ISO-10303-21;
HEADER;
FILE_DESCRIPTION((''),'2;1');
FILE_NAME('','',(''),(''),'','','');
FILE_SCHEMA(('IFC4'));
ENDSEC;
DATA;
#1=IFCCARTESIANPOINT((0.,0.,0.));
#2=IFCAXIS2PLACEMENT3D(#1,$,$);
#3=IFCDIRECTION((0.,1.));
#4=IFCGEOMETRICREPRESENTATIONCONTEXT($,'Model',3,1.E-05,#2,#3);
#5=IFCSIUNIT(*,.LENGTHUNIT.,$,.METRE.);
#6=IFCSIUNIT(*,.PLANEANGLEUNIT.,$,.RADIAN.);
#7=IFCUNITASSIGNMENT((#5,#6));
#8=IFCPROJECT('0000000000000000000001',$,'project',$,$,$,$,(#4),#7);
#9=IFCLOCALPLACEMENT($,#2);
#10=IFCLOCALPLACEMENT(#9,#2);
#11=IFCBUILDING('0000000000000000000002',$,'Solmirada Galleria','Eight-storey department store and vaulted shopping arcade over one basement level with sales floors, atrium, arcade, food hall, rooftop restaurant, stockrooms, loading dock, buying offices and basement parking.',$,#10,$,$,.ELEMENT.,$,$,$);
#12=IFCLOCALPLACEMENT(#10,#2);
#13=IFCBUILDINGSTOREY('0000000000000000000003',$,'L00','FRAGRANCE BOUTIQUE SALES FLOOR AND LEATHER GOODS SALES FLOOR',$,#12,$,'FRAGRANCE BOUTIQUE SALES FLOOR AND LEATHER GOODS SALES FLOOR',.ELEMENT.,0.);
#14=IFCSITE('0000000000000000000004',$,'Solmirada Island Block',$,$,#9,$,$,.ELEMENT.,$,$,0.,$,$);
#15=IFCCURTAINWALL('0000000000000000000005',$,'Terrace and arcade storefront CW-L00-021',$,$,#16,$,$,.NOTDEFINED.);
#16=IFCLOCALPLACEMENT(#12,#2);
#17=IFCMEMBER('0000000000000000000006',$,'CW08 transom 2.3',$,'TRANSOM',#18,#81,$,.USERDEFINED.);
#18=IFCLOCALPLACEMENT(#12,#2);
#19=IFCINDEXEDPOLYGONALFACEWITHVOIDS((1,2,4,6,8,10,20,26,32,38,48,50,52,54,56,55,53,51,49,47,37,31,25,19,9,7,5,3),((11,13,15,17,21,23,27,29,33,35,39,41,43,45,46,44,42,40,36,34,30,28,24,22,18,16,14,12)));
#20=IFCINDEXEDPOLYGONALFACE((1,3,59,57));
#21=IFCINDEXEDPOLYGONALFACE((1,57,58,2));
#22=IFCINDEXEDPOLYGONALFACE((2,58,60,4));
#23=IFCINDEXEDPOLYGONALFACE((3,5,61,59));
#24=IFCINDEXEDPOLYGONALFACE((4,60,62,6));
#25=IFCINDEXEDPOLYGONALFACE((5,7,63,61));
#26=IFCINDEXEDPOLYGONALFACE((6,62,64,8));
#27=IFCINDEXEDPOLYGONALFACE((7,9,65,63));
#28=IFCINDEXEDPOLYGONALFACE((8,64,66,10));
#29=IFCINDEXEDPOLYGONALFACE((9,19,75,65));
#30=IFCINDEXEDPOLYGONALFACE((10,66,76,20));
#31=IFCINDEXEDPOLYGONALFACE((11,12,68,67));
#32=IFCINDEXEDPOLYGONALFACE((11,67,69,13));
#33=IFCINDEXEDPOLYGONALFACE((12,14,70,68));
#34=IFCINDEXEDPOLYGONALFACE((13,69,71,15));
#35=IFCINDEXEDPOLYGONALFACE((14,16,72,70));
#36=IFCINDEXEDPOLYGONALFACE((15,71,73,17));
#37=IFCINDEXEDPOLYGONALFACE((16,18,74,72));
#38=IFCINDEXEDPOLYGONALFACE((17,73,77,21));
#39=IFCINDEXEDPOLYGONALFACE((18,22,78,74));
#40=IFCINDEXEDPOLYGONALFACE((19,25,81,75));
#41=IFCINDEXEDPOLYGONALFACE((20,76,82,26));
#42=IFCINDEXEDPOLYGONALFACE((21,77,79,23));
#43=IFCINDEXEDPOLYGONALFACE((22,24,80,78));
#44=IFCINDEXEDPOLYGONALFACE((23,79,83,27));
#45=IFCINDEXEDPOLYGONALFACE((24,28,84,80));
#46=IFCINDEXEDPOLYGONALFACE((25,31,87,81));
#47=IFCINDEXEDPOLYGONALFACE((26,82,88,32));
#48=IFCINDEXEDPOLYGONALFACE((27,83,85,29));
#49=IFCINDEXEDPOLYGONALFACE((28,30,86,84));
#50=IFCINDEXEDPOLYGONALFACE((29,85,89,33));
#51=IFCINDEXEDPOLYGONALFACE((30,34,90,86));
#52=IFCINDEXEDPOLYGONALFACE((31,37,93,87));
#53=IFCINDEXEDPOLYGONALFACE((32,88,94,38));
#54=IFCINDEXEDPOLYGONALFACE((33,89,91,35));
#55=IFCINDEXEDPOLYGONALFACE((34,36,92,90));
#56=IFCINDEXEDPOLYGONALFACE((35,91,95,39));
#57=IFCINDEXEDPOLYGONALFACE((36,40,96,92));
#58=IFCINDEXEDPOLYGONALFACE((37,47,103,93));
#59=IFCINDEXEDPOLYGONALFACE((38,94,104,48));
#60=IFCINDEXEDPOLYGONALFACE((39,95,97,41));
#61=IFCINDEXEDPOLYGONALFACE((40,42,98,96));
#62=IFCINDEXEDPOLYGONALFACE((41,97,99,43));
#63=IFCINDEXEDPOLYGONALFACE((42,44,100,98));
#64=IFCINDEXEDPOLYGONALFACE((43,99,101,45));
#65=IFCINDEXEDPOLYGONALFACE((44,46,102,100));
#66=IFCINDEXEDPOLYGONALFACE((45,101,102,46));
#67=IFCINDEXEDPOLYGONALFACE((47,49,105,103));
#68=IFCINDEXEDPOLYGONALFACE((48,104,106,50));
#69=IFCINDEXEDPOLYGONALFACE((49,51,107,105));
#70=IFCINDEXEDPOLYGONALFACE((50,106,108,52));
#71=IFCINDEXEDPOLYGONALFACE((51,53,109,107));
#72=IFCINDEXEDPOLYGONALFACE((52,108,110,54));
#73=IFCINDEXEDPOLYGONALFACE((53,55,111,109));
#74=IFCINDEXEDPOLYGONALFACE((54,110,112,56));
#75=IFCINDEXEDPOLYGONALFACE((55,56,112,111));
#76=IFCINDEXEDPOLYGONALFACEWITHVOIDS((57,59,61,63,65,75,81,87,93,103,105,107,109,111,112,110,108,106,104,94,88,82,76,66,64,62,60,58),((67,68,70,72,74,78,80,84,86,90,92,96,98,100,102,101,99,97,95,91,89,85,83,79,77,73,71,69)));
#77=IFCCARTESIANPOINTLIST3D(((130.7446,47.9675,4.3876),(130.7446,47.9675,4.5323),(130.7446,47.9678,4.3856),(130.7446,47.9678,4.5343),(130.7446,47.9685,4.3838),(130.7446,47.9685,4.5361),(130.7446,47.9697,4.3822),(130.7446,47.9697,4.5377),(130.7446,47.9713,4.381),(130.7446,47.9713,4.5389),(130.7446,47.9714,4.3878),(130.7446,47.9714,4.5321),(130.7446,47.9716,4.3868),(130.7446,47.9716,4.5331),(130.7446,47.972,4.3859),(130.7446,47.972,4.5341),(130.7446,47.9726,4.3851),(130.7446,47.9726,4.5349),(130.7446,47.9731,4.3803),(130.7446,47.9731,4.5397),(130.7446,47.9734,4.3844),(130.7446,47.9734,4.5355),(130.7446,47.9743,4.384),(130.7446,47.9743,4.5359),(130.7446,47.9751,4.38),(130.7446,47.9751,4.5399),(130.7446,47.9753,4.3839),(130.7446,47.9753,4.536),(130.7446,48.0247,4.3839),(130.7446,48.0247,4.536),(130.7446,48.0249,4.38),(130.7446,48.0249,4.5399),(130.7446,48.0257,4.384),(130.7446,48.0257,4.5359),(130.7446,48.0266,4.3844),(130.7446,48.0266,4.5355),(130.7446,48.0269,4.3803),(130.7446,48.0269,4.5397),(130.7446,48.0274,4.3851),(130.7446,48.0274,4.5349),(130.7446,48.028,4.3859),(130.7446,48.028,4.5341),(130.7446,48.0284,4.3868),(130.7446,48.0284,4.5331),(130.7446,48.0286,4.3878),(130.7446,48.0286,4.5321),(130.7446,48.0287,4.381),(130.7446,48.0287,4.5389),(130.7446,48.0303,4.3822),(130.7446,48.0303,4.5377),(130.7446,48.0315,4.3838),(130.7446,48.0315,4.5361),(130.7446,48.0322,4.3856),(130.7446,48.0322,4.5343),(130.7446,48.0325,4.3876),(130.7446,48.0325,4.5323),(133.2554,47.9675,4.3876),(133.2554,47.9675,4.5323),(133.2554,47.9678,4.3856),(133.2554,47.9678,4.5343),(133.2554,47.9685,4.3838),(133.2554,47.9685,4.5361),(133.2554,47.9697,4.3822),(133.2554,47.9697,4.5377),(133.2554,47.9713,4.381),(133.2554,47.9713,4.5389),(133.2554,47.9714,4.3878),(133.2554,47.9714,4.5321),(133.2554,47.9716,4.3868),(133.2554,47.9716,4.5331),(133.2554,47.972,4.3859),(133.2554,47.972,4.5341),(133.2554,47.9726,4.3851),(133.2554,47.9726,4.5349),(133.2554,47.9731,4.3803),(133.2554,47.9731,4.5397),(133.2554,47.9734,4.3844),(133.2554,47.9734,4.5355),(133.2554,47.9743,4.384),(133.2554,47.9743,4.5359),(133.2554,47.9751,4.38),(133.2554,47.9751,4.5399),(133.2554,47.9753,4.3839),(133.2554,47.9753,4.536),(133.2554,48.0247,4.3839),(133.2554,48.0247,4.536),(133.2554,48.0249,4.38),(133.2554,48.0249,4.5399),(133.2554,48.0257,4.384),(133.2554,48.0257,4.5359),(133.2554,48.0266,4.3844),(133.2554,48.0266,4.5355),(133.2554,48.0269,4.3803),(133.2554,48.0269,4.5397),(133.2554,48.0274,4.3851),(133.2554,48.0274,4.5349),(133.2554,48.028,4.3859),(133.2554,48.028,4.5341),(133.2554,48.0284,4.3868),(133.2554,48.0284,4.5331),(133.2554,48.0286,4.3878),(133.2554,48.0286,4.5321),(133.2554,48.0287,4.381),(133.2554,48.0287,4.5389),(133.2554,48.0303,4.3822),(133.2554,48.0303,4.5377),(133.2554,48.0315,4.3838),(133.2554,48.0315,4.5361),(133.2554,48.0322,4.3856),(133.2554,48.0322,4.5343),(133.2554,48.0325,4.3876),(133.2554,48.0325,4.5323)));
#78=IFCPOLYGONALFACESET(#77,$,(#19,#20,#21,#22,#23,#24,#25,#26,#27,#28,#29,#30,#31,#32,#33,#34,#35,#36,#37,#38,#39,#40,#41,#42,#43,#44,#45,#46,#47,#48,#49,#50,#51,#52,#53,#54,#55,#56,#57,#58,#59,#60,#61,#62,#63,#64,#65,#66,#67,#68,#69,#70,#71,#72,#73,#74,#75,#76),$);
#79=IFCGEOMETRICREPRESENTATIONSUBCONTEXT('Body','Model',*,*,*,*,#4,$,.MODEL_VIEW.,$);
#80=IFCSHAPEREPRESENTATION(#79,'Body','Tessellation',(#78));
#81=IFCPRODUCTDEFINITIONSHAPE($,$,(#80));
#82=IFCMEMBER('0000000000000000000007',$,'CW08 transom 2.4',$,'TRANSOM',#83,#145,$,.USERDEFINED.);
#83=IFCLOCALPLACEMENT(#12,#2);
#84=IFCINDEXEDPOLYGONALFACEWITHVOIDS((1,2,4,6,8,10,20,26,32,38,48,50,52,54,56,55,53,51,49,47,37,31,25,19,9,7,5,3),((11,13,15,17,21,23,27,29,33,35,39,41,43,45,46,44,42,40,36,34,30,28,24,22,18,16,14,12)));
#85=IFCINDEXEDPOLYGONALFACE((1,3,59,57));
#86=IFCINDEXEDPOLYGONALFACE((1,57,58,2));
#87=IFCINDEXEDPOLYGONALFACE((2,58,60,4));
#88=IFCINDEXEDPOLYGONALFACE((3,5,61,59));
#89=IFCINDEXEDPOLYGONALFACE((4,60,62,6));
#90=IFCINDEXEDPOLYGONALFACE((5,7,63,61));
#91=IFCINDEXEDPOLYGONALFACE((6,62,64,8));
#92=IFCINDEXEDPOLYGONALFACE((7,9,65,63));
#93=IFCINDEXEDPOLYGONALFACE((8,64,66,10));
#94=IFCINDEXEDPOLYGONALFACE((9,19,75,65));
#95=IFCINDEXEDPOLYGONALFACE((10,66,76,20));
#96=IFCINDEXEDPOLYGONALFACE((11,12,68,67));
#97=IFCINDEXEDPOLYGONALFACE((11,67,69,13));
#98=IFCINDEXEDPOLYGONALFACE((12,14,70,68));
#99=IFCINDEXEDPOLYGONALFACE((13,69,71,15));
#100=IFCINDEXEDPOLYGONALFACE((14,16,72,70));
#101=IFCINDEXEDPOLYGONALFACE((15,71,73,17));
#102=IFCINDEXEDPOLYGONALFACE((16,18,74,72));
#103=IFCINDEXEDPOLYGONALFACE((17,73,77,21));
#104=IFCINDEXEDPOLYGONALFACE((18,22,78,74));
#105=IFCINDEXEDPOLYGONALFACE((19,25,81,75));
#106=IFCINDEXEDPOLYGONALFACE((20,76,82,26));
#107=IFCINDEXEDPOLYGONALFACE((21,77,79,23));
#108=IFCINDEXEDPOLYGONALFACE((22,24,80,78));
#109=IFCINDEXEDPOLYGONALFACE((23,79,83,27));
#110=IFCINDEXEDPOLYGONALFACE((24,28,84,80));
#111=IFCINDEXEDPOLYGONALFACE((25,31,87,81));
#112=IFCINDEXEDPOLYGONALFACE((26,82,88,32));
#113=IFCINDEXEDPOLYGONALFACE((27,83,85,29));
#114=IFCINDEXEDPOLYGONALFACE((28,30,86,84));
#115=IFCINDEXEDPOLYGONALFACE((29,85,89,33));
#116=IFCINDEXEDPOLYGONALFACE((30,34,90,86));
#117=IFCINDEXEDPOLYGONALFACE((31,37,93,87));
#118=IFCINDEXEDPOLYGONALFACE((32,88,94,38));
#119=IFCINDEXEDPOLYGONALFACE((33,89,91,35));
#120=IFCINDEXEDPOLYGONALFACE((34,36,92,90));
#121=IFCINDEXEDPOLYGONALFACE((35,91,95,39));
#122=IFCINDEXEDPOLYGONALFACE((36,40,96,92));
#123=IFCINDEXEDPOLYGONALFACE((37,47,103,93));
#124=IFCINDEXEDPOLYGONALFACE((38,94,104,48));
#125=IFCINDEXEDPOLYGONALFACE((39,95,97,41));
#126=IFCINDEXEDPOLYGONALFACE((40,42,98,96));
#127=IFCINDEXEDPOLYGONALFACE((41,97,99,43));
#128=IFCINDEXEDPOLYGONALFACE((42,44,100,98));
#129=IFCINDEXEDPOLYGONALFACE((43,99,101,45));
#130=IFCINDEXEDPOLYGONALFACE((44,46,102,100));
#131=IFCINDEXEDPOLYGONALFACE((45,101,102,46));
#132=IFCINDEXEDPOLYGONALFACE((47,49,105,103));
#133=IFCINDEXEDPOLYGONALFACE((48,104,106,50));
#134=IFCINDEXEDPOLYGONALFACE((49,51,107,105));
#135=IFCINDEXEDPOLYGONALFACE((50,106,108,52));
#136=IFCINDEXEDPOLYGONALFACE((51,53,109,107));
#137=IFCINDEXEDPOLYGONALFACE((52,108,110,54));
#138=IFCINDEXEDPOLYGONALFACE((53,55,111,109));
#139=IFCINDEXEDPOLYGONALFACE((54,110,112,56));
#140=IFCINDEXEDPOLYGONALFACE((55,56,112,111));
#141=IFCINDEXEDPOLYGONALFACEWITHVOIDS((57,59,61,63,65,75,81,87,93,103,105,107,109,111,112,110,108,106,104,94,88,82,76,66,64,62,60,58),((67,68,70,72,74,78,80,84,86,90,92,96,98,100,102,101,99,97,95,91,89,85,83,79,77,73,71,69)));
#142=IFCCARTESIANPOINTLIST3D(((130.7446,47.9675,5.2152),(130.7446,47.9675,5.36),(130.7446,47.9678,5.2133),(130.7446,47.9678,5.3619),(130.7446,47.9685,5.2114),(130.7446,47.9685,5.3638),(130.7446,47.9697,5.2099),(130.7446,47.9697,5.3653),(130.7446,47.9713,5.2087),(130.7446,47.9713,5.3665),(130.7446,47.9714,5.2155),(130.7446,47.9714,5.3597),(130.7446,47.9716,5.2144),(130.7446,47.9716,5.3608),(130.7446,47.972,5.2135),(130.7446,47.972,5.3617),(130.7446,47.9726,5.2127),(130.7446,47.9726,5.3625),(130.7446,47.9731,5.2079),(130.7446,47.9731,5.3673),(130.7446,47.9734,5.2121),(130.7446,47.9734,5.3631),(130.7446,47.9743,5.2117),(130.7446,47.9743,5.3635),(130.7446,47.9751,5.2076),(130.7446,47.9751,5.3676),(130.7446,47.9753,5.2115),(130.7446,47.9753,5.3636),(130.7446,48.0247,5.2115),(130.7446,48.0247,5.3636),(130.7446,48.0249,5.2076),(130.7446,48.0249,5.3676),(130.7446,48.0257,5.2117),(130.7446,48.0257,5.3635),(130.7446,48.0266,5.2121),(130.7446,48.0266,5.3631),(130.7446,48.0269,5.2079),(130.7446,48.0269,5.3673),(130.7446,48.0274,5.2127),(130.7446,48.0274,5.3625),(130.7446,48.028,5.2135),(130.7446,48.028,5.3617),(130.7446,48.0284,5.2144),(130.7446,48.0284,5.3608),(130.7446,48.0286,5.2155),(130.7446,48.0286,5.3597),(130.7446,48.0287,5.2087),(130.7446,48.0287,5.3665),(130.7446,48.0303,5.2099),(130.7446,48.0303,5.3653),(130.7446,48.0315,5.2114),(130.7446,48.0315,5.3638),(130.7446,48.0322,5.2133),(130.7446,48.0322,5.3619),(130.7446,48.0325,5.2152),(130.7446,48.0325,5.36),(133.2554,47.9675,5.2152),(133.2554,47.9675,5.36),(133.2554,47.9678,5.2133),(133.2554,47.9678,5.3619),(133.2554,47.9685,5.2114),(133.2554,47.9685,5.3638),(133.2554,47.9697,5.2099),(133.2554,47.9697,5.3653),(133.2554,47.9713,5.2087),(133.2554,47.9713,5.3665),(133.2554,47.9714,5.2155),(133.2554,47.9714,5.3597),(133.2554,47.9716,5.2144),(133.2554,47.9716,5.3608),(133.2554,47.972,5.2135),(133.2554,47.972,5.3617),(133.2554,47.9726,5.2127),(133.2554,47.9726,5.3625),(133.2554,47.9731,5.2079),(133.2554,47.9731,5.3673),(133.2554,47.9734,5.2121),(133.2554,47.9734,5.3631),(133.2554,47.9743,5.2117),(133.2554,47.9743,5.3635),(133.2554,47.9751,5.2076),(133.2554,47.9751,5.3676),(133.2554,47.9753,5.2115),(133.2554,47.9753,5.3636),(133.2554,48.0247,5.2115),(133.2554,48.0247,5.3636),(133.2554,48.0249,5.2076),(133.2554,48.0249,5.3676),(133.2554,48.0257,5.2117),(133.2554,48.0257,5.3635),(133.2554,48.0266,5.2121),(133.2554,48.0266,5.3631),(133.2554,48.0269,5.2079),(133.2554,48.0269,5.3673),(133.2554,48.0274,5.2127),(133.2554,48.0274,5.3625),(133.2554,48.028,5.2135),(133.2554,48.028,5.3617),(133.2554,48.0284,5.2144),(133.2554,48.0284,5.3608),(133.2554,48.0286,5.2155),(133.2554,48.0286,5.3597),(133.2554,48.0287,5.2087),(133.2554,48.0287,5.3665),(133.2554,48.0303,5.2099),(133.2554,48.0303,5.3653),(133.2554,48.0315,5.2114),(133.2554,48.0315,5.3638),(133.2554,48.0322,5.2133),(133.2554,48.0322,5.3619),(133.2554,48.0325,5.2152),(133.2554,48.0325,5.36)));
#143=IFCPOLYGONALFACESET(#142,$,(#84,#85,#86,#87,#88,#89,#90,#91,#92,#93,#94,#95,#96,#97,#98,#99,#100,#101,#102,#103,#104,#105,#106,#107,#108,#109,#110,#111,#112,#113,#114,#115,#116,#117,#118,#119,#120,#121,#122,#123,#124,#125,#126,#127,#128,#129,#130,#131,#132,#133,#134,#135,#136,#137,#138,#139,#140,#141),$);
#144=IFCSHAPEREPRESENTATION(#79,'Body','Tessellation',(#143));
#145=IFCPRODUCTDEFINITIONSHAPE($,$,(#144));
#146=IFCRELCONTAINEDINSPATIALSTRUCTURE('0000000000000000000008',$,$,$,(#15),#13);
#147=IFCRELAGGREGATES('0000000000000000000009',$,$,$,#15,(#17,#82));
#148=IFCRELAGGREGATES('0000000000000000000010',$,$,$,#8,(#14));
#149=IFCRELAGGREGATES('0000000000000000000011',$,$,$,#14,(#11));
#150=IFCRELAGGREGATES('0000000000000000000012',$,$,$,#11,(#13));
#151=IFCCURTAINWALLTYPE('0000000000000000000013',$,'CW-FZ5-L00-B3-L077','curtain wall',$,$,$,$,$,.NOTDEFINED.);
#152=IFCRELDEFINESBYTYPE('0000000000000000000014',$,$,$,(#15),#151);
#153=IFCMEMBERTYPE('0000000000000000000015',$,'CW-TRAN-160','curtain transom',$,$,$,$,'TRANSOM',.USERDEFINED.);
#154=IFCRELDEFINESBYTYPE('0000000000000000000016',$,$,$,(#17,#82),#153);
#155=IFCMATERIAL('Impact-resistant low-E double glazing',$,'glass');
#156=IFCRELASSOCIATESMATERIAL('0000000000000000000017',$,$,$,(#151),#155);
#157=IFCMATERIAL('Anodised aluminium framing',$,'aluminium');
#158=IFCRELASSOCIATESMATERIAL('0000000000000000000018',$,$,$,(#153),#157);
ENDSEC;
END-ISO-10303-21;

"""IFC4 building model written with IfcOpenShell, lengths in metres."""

from ifc_helpers import new_model, si_unit, direction, frame, origin, origin_2d, place, context, subcontext, project, spatial, hollow_rectangle, extrude, material, material_profile, profile_set, type_object, element, aggregate, save


model = new_model("IFC4")

# Units and contexts
model_context = context("Model", 3, precision=1e-05, world=origin(), true_north=direction((0.0, 1.0)))
body_context = subcontext(model_context, "Body", "Model", "MODEL_VIEW")
ifc_project = project(units=[si_unit("LENGTHUNIT", "METRE"), si_unit("PLANEANGLEUNIT", "RADIAN")], contexts=[model_context])

# Site, building, storey
site_placement = place(None, origin())
site = spatial("IfcSite", under=ifc_project, at=site_placement, Name="Solmirada Island Block", CompositionType="ELEMENT", RefElevation=0.0)
building_placement = place(site_placement, origin())
building = spatial("IfcBuilding", under=site, at=building_placement, Name="Solmirada Galleria", Description="Eight-storey department store and vaulted shopping arcade over one basement level with sales floors, atrium, arcade, food hall, rooftop restaurant, stockrooms, loading dock, buying offices and basement parking.", CompositionType="ELEMENT")
storey_placement = place(building_placement, origin())
storey = spatial("IfcBuildingStorey", under=building, at=storey_placement, Name="L00", Description="FRAGRANCE BOUTIQUE SALES FLOOR AND LEATHER GOODS SALES FLOOR", LongName="FRAGRANCE BOUTIQUE SALES FLOOR AND LEATHER GOODS SALES FLOOR", CompositionType="ELEMENT", Elevation=0.0)

# Curtain wall
ifc_material_1 = material(Name="Impact-resistant low-E double glazing", Category="glass")
curtain_wall_type = type_object("IfcCurtainWallType", Name="CW-FZ5-L00-B3-L077", Description="curtain wall", PredefinedType="NOTDEFINED", material=ifc_material_1)
curtain_wall_1_placement = place(storey_placement, origin())
curtain_wall_1 = element("IfcCurtainWall", 1, at=curtain_wall_1_placement, inside=storey, type_object=curtain_wall_type, Name="Terrace and arcade storefront CW-L00-021", PredefinedType="NOTDEFINED")
ifc_material_2 = material(Name="Anodised aluminium framing", Category="aluminium")

# Members
ifc_material_profile_1 = material_profile(ifc_material_2, hollow_rectangle(XDim=0.0649, YDim=0.1599, WallThickness=0.0039, InnerFilletRadius=0.0039, OuterFilletRadius=0.0076, at=origin_2d()), Name="ALU-TRAN-160X65")
ifc_profile_set_1 = profile_set([ifc_material_profile_1], Name="Anodised aluminium framing")
member_type_1 = type_object("IfcMemberType", Name="CW-TRAN-160", Description="curtain transom", ElementType="TRANSOM", PredefinedType="USERDEFINED", material=ifc_profile_set_1)
member_1_placement = place(storey_placement, frame((130.7446, 48.0, 4.46), z_axis=(1.0, 0.0, 0.0), x_axis=(0.0, 1.0, 0.0)))
member_1 = element("IfcMember", 2, at=member_1_placement, type_object=member_type_1, Name="CW08 transom 2.3", ObjectType="TRANSOM", PredefinedType="USERDEFINED", context=body_context, shape_type="SweptSolid", body=[
    extrude(hollow_rectangle(XDim=0.0649, YDim=0.1599, WallThickness=0.0039, InnerFilletRadius=0.0039, OuterFilletRadius=0.0076, at=origin_2d()), origin(), (0.0, 0.0, 1.0), 2.5107),
])
member_2_placement = place(storey_placement, frame((130.7446, 48.0, 5.2876), z_axis=(1.0, 0.0, 0.0), x_axis=(0.0, 1.0, 0.0)))
member_2 = element("IfcMember", 3, at=member_2_placement, type_object=member_type_1, Name="CW08 transom 2.4", ObjectType="TRANSOM", PredefinedType="USERDEFINED", context=body_context, shape_type="SweptSolid", body=[
    extrude(hollow_rectangle(XDim=0.0649, YDim=0.1599, WallThickness=0.0039, InnerFilletRadius=0.0039, OuterFilletRadius=0.0076, at=origin_2d()), origin(), (0.0, 0.0, 1.0), 2.5107),
])

aggregate(curtain_wall_1, [member_1, member_2])

save(model, "model.ifc")
